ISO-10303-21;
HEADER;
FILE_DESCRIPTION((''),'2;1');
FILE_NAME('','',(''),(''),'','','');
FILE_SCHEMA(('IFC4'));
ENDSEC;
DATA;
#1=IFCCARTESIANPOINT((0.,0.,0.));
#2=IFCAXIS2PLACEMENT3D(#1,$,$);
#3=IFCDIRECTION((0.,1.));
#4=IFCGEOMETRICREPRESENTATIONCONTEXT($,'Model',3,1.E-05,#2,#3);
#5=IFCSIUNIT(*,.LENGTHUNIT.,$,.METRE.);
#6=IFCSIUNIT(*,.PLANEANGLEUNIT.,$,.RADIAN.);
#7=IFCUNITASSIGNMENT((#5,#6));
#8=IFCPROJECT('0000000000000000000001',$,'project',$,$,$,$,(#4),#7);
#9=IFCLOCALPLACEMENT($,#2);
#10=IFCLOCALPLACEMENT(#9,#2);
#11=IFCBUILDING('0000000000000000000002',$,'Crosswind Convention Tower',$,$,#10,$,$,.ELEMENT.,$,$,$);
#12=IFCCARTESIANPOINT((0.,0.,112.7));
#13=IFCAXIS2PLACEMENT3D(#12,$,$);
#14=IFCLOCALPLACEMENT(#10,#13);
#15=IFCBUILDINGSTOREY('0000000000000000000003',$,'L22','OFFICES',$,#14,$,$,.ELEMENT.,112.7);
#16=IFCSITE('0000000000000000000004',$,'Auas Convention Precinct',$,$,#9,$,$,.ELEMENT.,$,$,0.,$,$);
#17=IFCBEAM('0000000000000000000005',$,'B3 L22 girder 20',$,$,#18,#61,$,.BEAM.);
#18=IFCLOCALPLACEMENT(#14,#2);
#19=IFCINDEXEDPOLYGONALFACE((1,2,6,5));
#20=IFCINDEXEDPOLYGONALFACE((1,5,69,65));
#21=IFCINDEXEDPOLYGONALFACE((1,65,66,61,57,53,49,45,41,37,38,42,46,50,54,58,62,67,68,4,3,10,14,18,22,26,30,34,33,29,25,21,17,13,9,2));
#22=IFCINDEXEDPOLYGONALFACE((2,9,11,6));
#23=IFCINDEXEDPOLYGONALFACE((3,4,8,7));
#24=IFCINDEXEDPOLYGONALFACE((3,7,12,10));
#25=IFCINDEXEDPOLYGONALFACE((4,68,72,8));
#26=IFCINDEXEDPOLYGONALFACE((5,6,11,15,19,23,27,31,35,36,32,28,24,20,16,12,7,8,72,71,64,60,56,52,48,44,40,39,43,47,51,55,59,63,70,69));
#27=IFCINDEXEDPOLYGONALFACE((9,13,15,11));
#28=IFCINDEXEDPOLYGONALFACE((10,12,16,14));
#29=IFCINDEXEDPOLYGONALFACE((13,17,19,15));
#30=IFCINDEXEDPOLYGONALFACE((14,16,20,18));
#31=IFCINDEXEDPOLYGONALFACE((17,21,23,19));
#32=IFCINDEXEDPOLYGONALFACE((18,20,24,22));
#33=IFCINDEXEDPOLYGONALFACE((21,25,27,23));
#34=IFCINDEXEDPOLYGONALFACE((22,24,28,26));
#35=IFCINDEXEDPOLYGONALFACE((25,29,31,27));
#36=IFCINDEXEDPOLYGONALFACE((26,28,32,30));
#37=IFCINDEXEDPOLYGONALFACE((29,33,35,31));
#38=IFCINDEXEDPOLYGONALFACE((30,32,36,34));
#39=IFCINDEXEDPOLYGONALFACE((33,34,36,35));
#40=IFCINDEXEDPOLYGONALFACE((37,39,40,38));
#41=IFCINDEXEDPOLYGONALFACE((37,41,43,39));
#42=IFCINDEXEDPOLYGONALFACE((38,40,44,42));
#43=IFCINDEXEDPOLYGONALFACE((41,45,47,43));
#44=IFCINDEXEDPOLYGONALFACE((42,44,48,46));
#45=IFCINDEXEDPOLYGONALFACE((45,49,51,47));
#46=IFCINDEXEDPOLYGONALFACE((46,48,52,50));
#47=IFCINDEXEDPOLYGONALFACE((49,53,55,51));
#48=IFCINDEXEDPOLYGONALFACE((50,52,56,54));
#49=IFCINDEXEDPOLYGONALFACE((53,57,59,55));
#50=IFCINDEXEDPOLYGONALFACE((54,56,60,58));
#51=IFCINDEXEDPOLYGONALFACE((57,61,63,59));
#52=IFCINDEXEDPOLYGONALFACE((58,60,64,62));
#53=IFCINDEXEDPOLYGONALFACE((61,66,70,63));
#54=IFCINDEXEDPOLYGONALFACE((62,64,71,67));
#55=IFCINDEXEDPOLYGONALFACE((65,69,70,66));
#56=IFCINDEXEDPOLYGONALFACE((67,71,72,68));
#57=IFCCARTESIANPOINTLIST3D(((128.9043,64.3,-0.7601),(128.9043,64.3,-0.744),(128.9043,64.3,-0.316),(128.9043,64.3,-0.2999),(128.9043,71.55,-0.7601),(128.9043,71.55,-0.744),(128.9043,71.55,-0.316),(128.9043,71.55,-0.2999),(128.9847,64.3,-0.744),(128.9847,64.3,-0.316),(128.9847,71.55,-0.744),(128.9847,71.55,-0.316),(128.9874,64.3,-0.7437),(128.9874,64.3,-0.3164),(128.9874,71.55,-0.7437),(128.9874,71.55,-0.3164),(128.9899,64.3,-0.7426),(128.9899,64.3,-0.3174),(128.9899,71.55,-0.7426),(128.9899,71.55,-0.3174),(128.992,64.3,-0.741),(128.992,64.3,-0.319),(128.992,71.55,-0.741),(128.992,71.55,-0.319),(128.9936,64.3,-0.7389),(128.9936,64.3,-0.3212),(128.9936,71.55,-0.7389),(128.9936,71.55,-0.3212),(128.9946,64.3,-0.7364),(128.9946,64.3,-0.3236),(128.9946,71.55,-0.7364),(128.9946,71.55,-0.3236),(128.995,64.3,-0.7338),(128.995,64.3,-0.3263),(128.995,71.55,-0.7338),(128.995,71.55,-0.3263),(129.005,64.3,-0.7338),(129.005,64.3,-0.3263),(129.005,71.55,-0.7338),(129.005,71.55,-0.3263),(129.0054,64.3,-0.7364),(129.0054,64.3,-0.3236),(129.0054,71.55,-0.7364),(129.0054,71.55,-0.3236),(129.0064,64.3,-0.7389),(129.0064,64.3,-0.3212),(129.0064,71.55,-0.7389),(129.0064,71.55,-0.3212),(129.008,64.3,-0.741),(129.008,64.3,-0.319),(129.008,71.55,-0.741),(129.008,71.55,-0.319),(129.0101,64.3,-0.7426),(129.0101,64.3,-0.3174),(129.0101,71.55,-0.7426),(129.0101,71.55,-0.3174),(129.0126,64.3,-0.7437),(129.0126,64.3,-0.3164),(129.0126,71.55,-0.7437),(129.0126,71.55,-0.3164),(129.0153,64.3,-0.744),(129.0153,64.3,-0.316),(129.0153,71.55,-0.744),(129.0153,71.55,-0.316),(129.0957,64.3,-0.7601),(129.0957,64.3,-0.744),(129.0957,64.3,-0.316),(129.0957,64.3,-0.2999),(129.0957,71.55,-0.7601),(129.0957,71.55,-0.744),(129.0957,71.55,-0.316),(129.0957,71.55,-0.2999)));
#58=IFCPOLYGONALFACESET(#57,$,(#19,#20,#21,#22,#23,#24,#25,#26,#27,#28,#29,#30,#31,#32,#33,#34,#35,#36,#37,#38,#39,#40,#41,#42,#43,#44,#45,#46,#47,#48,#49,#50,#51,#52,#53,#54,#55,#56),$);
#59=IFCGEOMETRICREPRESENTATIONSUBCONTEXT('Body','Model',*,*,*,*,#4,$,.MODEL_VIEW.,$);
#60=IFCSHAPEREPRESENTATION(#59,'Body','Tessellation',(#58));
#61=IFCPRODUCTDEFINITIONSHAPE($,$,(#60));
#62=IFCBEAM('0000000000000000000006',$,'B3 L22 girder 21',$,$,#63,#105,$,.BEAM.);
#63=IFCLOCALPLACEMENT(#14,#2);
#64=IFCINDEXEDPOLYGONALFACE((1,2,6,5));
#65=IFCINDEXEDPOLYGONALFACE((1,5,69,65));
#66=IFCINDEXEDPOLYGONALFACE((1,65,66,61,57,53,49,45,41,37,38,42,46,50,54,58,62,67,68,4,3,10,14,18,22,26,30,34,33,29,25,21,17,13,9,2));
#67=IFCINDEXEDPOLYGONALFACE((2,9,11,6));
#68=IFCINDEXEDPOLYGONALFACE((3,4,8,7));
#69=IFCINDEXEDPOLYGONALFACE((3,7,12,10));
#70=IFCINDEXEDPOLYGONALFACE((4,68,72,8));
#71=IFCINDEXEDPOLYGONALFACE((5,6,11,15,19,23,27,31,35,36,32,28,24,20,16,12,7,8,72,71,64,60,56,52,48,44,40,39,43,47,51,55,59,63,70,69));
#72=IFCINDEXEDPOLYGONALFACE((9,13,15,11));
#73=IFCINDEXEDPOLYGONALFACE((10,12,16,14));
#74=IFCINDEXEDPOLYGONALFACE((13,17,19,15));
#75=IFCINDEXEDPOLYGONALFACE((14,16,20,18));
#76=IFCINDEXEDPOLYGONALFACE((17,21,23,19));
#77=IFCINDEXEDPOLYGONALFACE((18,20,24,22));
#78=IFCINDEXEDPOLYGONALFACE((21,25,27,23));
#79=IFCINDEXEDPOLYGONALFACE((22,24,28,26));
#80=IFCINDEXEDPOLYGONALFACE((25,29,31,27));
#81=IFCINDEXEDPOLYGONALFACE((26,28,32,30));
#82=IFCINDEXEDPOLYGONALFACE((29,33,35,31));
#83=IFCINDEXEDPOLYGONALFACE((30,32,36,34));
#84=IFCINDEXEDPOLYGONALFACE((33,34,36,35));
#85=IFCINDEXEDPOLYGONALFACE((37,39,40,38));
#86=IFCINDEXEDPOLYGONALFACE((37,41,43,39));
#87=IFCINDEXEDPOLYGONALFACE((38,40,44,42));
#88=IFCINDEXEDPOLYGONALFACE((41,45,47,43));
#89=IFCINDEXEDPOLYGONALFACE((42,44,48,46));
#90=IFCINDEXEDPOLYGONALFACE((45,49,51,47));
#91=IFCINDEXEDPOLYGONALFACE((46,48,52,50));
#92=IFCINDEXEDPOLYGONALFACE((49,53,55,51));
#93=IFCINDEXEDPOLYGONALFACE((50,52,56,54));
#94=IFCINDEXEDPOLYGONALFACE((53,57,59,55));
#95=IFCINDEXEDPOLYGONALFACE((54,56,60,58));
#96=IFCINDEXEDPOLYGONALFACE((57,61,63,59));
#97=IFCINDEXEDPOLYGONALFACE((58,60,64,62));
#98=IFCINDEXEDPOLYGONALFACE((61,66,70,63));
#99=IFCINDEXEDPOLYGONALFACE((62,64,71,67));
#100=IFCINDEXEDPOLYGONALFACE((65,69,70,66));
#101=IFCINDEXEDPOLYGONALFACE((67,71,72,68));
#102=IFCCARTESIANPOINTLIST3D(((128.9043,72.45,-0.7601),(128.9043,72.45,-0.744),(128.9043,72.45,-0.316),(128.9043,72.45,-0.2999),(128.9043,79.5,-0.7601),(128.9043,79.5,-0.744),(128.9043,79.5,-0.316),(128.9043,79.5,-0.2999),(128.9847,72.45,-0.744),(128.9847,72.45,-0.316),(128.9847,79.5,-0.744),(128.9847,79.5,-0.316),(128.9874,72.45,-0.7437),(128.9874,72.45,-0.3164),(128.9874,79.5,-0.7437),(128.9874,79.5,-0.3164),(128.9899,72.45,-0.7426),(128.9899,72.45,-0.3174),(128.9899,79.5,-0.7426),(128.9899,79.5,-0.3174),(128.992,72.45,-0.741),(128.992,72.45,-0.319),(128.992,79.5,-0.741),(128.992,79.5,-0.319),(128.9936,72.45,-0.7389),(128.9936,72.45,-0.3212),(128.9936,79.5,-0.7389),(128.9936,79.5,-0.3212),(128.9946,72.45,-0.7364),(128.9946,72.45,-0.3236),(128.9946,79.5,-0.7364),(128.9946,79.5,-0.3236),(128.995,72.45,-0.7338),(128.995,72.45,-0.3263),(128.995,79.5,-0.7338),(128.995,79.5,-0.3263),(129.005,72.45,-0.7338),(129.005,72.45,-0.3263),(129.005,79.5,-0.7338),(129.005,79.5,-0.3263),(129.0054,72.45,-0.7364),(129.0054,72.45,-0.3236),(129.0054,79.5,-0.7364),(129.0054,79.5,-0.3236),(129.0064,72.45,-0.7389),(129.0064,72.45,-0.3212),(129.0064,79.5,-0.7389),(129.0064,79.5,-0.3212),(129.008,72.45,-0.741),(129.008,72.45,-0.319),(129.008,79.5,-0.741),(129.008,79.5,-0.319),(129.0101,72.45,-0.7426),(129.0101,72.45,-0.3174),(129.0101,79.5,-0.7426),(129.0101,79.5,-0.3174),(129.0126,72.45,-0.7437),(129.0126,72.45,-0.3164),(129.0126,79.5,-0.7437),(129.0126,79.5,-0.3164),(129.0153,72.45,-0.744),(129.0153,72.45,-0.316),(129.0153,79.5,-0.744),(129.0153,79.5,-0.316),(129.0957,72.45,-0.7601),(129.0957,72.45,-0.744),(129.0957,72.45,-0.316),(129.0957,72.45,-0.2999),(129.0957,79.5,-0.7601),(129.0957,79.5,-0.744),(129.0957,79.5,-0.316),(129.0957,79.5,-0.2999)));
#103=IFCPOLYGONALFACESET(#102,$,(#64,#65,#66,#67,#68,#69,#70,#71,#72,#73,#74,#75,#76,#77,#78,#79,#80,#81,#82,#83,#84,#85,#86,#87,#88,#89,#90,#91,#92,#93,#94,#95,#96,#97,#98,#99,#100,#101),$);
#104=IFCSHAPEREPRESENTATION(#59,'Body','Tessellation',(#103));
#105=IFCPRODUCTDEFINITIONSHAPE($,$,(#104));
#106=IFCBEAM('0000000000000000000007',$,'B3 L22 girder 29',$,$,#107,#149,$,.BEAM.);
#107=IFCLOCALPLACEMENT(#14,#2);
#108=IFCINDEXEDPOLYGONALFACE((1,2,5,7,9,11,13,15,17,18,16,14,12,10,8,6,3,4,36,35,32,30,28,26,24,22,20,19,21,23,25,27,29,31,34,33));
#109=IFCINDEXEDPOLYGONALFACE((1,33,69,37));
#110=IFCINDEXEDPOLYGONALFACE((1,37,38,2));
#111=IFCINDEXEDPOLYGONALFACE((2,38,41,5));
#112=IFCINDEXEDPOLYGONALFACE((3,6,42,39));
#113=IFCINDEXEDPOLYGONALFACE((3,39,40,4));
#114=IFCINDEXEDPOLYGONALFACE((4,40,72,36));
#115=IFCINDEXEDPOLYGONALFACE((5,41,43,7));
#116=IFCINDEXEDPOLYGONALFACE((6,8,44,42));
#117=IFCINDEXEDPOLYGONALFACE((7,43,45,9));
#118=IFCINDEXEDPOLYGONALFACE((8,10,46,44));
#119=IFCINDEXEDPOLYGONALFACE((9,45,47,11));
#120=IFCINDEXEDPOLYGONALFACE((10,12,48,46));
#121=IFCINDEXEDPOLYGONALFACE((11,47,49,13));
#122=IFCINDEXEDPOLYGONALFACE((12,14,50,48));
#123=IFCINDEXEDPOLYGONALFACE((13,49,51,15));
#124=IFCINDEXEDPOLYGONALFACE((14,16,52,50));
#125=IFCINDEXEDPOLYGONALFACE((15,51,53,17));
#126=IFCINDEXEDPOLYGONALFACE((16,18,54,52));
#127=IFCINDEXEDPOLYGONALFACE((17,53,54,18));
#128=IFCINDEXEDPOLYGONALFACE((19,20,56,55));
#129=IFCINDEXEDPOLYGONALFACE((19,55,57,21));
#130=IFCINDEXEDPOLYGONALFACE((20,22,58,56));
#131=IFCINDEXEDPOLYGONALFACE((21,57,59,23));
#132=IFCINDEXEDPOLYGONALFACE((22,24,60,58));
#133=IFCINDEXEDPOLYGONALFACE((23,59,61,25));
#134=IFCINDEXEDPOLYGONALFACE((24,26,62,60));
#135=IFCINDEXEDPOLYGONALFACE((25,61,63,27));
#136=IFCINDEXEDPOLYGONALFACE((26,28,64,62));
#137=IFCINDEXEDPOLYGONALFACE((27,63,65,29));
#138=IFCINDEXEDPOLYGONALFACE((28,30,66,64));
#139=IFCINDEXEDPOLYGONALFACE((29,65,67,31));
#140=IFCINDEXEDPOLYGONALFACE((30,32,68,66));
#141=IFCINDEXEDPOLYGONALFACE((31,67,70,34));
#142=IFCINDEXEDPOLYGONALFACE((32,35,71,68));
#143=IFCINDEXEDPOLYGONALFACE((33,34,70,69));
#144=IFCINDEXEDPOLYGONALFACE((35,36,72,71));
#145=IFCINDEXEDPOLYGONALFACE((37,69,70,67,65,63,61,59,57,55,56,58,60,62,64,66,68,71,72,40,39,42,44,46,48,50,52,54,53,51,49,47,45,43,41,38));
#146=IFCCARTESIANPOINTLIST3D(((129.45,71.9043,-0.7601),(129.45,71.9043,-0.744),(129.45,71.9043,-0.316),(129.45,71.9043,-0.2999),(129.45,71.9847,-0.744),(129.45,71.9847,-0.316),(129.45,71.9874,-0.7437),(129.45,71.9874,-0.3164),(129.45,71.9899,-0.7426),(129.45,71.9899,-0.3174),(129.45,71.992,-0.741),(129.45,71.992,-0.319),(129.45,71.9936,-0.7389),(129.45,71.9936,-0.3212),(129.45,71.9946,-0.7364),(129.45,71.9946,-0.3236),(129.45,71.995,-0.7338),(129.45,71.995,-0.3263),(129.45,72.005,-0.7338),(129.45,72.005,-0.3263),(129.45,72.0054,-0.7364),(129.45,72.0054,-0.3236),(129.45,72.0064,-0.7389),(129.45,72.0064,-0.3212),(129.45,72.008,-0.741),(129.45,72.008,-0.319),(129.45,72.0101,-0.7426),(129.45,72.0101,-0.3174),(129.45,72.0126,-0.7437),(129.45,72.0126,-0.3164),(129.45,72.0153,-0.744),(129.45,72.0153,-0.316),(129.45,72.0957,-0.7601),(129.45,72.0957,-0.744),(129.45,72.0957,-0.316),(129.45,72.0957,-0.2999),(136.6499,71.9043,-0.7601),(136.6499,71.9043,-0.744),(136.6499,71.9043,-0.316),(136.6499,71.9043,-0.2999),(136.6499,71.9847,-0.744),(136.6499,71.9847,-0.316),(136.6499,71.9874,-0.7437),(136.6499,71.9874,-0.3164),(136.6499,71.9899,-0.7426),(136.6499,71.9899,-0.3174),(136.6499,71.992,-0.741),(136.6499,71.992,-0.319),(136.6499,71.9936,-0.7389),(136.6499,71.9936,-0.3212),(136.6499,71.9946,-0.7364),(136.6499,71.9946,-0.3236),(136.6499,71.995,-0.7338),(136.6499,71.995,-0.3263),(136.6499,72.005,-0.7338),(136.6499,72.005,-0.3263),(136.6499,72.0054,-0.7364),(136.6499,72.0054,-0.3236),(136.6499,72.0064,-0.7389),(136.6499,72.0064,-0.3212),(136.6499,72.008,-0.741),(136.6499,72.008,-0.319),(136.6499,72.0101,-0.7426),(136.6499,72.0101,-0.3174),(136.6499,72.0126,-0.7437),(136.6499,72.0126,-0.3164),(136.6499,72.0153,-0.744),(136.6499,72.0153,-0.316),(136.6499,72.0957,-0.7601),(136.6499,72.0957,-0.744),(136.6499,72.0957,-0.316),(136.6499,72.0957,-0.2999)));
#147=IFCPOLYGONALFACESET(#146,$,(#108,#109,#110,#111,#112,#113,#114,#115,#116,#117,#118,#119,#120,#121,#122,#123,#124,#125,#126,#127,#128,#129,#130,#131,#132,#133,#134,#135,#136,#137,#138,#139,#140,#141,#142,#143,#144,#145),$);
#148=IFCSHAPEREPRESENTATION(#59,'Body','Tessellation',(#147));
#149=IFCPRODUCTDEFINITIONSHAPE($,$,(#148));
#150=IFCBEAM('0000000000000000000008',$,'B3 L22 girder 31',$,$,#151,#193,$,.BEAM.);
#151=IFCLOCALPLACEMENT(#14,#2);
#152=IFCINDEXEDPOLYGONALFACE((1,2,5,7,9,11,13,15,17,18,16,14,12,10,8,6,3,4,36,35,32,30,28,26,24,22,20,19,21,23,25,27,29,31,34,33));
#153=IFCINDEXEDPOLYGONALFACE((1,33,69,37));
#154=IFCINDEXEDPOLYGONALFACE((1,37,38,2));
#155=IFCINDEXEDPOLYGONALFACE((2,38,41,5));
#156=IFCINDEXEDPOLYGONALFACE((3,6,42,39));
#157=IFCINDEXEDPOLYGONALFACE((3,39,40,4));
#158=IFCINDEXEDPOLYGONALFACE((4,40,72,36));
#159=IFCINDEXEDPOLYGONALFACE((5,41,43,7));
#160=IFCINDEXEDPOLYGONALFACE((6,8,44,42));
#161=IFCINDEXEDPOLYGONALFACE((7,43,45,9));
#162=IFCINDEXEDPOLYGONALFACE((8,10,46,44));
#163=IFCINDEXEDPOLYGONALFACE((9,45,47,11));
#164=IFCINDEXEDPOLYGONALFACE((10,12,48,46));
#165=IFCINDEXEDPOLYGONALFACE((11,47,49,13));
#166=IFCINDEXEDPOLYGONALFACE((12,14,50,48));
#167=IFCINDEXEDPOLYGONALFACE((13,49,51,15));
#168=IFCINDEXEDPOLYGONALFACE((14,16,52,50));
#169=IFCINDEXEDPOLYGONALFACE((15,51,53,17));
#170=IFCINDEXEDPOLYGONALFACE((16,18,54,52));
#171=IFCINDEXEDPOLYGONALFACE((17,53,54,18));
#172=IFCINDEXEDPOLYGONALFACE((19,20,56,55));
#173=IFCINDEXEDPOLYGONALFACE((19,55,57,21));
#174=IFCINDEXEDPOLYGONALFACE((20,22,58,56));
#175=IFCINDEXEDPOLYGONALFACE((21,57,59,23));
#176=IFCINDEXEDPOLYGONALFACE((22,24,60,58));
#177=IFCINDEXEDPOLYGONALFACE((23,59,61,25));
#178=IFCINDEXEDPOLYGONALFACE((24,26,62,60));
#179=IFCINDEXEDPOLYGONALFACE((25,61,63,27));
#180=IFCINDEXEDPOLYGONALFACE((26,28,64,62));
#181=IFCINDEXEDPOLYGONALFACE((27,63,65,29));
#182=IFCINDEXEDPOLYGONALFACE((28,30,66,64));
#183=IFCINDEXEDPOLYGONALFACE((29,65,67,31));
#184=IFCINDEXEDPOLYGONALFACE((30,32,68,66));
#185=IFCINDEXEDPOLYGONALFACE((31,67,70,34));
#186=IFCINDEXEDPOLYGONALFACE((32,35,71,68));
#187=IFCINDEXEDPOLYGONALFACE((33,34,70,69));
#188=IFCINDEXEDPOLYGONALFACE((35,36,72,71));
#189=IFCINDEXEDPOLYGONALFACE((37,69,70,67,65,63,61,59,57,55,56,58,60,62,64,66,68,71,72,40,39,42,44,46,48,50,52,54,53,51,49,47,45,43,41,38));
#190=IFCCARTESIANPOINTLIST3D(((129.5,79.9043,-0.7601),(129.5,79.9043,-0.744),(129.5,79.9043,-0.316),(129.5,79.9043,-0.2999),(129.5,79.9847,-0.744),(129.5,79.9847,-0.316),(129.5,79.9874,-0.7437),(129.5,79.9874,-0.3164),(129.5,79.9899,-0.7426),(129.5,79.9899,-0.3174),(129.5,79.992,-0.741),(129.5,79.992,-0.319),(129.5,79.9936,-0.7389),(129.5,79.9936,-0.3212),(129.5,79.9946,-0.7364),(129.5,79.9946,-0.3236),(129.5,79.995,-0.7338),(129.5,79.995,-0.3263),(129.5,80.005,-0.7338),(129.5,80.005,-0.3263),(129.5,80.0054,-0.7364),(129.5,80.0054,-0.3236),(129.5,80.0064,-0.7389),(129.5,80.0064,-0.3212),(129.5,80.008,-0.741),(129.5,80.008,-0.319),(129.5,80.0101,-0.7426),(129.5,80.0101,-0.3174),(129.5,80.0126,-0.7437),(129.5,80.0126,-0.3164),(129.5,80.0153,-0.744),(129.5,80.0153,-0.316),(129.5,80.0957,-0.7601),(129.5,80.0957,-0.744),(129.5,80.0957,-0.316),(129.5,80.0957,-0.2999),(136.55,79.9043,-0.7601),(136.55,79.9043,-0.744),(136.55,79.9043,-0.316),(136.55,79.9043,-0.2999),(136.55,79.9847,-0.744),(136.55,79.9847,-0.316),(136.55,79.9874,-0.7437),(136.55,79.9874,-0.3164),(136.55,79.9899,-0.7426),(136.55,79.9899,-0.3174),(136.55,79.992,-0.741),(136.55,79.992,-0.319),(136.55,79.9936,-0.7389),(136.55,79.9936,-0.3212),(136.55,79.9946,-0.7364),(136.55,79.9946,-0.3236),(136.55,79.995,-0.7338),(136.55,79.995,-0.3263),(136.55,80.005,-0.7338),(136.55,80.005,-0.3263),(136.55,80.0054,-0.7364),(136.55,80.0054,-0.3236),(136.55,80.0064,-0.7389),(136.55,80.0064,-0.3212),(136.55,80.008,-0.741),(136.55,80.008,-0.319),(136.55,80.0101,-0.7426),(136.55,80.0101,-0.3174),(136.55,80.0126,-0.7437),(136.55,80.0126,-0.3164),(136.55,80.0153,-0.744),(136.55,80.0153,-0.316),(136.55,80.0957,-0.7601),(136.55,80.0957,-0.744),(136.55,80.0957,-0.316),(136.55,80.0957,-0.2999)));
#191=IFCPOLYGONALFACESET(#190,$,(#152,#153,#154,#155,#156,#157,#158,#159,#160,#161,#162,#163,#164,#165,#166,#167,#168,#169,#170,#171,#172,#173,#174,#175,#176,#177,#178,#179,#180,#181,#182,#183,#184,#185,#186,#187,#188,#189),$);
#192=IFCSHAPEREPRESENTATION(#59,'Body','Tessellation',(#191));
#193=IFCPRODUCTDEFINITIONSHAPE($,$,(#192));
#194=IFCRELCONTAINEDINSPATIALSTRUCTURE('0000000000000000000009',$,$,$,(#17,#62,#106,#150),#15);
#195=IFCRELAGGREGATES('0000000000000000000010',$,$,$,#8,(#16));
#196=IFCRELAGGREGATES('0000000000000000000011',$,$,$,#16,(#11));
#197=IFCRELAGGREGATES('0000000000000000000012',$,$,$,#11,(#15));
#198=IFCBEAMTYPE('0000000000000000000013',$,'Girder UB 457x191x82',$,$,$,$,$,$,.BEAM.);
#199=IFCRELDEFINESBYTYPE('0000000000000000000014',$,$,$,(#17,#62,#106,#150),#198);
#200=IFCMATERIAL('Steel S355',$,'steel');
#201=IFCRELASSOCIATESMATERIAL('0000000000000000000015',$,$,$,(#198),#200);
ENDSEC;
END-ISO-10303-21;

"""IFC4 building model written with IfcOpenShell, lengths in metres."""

from ifc_helpers import new_model, si_unit, direction, frame, origin, origin_2d, place, context, subcontext, project, spatial, i_section, extrude, material, material_profile, profile_set, type_object, element, save


model = new_model("IFC4")

# Units and contexts
model_context = context("Model", 3, precision=1e-05, world=origin(), true_north=direction((0.0, 1.0)))
body_context = subcontext(model_context, "Body", "Model", "MODEL_VIEW")
ifc_project = project(units=[si_unit("LENGTHUNIT", "METRE"), si_unit("PLANEANGLEUNIT", "RADIAN")], contexts=[model_context])

# Site, building, storey
site_placement = place(None, origin())
site = spatial("IfcSite", under=ifc_project, at=site_placement, Name="Auas Convention Precinct", CompositionType="ELEMENT", RefElevation=0.0)
building_placement = place(site_placement, origin())
building = spatial("IfcBuilding", under=site, at=building_placement, Name="Crosswind Convention Tower", CompositionType="ELEMENT")
storey_placement = place(building_placement, frame((0.0, 0.0, 112.7)))
storey = spatial("IfcBuildingStorey", under=building, at=storey_placement, Name="L22", Description="OFFICES", CompositionType="ELEMENT", Elevation=112.7)

# Beams
ifc_material_1 = material(Name="Steel S355", Category="steel")
ifc_material_profile_1 = material_profile(ifc_material_1, i_section(OverallWidth=0.1914, OverallDepth=0.4602, WebThickness=0.01, FlangeThickness=0.0161, FilletRadius=0.0103, at=origin_2d()), Name="UB 457x191x82")
ifc_profile_set_1 = profile_set([ifc_material_profile_1], Name="Steel S355")
beam_type_1 = type_object("IfcBeamType", Name="Girder UB 457x191x82", PredefinedType="BEAM", material=ifc_profile_set_1)
beam_1_placement = place(storey_placement, frame((129.0, 64.3, -0.53), z_axis=(0.0, 1.0, 0.0), x_axis=(-1.0, 0.0, 0.0)))
element("IfcBeam", 1, at=beam_1_placement, inside=storey, type_object=beam_type_1, Name="B3 L22 girder 20", PredefinedType="BEAM", context=body_context, shape_type="SweptSolid", body=[
    extrude(i_section(OverallWidth=0.1914, OverallDepth=0.4602, WebThickness=0.01, FlangeThickness=0.0161, FilletRadius=0.0103, at=origin_2d()), origin(), (0.0, 0.0, 1.0), 7.25),
])
beam_2_placement = place(storey_placement, frame((129.0, 72.45, -0.53), z_axis=(0.0, 1.0, 0.0), x_axis=(-1.0, 0.0, 0.0)))
element("IfcBeam", 2, at=beam_2_placement, inside=storey, type_object=beam_type_1, Name="B3 L22 girder 21", PredefinedType="BEAM", context=body_context, shape_type="SweptSolid", body=[
    extrude(i_section(OverallWidth=0.1914, OverallDepth=0.4602, WebThickness=0.01, FlangeThickness=0.0161, FilletRadius=0.0103, at=origin_2d()), origin(), (0.0, 0.0, 1.0), 7.05),
])
beam_3_placement = place(storey_placement, frame((129.45, 72.0, -0.53), z_axis=(1.0, 0.0, 0.0), x_axis=(0.0, 1.0, 0.0)))
element("IfcBeam", 3, at=beam_3_placement, inside=storey, type_object=beam_type_1, Name="B3 L22 girder 29", PredefinedType="BEAM", context=body_context, shape_type="SweptSolid", body=[
    extrude(i_section(OverallWidth=0.1914, OverallDepth=0.4602, WebThickness=0.01, FlangeThickness=0.0161, FilletRadius=0.0103, at=origin_2d()), origin(), (0.0, 0.0, 1.0), 7.2),
])
beam_4_placement = place(storey_placement, frame((129.5, 80.0, -0.53), z_axis=(1.0, 0.0, 0.0), x_axis=(0.0, 1.0, 0.0)))
element("IfcBeam", 4, at=beam_4_placement, inside=storey, type_object=beam_type_1, Name="B3 L22 girder 31", PredefinedType="BEAM", context=body_context, shape_type="SweptSolid", body=[
    extrude(i_section(OverallWidth=0.1914, OverallDepth=0.4602, WebThickness=0.01, FlangeThickness=0.0161, FilletRadius=0.0103, at=origin_2d()), origin(), (0.0, 0.0, 1.0), 7.05),
])

save(model, "model.ifc")
